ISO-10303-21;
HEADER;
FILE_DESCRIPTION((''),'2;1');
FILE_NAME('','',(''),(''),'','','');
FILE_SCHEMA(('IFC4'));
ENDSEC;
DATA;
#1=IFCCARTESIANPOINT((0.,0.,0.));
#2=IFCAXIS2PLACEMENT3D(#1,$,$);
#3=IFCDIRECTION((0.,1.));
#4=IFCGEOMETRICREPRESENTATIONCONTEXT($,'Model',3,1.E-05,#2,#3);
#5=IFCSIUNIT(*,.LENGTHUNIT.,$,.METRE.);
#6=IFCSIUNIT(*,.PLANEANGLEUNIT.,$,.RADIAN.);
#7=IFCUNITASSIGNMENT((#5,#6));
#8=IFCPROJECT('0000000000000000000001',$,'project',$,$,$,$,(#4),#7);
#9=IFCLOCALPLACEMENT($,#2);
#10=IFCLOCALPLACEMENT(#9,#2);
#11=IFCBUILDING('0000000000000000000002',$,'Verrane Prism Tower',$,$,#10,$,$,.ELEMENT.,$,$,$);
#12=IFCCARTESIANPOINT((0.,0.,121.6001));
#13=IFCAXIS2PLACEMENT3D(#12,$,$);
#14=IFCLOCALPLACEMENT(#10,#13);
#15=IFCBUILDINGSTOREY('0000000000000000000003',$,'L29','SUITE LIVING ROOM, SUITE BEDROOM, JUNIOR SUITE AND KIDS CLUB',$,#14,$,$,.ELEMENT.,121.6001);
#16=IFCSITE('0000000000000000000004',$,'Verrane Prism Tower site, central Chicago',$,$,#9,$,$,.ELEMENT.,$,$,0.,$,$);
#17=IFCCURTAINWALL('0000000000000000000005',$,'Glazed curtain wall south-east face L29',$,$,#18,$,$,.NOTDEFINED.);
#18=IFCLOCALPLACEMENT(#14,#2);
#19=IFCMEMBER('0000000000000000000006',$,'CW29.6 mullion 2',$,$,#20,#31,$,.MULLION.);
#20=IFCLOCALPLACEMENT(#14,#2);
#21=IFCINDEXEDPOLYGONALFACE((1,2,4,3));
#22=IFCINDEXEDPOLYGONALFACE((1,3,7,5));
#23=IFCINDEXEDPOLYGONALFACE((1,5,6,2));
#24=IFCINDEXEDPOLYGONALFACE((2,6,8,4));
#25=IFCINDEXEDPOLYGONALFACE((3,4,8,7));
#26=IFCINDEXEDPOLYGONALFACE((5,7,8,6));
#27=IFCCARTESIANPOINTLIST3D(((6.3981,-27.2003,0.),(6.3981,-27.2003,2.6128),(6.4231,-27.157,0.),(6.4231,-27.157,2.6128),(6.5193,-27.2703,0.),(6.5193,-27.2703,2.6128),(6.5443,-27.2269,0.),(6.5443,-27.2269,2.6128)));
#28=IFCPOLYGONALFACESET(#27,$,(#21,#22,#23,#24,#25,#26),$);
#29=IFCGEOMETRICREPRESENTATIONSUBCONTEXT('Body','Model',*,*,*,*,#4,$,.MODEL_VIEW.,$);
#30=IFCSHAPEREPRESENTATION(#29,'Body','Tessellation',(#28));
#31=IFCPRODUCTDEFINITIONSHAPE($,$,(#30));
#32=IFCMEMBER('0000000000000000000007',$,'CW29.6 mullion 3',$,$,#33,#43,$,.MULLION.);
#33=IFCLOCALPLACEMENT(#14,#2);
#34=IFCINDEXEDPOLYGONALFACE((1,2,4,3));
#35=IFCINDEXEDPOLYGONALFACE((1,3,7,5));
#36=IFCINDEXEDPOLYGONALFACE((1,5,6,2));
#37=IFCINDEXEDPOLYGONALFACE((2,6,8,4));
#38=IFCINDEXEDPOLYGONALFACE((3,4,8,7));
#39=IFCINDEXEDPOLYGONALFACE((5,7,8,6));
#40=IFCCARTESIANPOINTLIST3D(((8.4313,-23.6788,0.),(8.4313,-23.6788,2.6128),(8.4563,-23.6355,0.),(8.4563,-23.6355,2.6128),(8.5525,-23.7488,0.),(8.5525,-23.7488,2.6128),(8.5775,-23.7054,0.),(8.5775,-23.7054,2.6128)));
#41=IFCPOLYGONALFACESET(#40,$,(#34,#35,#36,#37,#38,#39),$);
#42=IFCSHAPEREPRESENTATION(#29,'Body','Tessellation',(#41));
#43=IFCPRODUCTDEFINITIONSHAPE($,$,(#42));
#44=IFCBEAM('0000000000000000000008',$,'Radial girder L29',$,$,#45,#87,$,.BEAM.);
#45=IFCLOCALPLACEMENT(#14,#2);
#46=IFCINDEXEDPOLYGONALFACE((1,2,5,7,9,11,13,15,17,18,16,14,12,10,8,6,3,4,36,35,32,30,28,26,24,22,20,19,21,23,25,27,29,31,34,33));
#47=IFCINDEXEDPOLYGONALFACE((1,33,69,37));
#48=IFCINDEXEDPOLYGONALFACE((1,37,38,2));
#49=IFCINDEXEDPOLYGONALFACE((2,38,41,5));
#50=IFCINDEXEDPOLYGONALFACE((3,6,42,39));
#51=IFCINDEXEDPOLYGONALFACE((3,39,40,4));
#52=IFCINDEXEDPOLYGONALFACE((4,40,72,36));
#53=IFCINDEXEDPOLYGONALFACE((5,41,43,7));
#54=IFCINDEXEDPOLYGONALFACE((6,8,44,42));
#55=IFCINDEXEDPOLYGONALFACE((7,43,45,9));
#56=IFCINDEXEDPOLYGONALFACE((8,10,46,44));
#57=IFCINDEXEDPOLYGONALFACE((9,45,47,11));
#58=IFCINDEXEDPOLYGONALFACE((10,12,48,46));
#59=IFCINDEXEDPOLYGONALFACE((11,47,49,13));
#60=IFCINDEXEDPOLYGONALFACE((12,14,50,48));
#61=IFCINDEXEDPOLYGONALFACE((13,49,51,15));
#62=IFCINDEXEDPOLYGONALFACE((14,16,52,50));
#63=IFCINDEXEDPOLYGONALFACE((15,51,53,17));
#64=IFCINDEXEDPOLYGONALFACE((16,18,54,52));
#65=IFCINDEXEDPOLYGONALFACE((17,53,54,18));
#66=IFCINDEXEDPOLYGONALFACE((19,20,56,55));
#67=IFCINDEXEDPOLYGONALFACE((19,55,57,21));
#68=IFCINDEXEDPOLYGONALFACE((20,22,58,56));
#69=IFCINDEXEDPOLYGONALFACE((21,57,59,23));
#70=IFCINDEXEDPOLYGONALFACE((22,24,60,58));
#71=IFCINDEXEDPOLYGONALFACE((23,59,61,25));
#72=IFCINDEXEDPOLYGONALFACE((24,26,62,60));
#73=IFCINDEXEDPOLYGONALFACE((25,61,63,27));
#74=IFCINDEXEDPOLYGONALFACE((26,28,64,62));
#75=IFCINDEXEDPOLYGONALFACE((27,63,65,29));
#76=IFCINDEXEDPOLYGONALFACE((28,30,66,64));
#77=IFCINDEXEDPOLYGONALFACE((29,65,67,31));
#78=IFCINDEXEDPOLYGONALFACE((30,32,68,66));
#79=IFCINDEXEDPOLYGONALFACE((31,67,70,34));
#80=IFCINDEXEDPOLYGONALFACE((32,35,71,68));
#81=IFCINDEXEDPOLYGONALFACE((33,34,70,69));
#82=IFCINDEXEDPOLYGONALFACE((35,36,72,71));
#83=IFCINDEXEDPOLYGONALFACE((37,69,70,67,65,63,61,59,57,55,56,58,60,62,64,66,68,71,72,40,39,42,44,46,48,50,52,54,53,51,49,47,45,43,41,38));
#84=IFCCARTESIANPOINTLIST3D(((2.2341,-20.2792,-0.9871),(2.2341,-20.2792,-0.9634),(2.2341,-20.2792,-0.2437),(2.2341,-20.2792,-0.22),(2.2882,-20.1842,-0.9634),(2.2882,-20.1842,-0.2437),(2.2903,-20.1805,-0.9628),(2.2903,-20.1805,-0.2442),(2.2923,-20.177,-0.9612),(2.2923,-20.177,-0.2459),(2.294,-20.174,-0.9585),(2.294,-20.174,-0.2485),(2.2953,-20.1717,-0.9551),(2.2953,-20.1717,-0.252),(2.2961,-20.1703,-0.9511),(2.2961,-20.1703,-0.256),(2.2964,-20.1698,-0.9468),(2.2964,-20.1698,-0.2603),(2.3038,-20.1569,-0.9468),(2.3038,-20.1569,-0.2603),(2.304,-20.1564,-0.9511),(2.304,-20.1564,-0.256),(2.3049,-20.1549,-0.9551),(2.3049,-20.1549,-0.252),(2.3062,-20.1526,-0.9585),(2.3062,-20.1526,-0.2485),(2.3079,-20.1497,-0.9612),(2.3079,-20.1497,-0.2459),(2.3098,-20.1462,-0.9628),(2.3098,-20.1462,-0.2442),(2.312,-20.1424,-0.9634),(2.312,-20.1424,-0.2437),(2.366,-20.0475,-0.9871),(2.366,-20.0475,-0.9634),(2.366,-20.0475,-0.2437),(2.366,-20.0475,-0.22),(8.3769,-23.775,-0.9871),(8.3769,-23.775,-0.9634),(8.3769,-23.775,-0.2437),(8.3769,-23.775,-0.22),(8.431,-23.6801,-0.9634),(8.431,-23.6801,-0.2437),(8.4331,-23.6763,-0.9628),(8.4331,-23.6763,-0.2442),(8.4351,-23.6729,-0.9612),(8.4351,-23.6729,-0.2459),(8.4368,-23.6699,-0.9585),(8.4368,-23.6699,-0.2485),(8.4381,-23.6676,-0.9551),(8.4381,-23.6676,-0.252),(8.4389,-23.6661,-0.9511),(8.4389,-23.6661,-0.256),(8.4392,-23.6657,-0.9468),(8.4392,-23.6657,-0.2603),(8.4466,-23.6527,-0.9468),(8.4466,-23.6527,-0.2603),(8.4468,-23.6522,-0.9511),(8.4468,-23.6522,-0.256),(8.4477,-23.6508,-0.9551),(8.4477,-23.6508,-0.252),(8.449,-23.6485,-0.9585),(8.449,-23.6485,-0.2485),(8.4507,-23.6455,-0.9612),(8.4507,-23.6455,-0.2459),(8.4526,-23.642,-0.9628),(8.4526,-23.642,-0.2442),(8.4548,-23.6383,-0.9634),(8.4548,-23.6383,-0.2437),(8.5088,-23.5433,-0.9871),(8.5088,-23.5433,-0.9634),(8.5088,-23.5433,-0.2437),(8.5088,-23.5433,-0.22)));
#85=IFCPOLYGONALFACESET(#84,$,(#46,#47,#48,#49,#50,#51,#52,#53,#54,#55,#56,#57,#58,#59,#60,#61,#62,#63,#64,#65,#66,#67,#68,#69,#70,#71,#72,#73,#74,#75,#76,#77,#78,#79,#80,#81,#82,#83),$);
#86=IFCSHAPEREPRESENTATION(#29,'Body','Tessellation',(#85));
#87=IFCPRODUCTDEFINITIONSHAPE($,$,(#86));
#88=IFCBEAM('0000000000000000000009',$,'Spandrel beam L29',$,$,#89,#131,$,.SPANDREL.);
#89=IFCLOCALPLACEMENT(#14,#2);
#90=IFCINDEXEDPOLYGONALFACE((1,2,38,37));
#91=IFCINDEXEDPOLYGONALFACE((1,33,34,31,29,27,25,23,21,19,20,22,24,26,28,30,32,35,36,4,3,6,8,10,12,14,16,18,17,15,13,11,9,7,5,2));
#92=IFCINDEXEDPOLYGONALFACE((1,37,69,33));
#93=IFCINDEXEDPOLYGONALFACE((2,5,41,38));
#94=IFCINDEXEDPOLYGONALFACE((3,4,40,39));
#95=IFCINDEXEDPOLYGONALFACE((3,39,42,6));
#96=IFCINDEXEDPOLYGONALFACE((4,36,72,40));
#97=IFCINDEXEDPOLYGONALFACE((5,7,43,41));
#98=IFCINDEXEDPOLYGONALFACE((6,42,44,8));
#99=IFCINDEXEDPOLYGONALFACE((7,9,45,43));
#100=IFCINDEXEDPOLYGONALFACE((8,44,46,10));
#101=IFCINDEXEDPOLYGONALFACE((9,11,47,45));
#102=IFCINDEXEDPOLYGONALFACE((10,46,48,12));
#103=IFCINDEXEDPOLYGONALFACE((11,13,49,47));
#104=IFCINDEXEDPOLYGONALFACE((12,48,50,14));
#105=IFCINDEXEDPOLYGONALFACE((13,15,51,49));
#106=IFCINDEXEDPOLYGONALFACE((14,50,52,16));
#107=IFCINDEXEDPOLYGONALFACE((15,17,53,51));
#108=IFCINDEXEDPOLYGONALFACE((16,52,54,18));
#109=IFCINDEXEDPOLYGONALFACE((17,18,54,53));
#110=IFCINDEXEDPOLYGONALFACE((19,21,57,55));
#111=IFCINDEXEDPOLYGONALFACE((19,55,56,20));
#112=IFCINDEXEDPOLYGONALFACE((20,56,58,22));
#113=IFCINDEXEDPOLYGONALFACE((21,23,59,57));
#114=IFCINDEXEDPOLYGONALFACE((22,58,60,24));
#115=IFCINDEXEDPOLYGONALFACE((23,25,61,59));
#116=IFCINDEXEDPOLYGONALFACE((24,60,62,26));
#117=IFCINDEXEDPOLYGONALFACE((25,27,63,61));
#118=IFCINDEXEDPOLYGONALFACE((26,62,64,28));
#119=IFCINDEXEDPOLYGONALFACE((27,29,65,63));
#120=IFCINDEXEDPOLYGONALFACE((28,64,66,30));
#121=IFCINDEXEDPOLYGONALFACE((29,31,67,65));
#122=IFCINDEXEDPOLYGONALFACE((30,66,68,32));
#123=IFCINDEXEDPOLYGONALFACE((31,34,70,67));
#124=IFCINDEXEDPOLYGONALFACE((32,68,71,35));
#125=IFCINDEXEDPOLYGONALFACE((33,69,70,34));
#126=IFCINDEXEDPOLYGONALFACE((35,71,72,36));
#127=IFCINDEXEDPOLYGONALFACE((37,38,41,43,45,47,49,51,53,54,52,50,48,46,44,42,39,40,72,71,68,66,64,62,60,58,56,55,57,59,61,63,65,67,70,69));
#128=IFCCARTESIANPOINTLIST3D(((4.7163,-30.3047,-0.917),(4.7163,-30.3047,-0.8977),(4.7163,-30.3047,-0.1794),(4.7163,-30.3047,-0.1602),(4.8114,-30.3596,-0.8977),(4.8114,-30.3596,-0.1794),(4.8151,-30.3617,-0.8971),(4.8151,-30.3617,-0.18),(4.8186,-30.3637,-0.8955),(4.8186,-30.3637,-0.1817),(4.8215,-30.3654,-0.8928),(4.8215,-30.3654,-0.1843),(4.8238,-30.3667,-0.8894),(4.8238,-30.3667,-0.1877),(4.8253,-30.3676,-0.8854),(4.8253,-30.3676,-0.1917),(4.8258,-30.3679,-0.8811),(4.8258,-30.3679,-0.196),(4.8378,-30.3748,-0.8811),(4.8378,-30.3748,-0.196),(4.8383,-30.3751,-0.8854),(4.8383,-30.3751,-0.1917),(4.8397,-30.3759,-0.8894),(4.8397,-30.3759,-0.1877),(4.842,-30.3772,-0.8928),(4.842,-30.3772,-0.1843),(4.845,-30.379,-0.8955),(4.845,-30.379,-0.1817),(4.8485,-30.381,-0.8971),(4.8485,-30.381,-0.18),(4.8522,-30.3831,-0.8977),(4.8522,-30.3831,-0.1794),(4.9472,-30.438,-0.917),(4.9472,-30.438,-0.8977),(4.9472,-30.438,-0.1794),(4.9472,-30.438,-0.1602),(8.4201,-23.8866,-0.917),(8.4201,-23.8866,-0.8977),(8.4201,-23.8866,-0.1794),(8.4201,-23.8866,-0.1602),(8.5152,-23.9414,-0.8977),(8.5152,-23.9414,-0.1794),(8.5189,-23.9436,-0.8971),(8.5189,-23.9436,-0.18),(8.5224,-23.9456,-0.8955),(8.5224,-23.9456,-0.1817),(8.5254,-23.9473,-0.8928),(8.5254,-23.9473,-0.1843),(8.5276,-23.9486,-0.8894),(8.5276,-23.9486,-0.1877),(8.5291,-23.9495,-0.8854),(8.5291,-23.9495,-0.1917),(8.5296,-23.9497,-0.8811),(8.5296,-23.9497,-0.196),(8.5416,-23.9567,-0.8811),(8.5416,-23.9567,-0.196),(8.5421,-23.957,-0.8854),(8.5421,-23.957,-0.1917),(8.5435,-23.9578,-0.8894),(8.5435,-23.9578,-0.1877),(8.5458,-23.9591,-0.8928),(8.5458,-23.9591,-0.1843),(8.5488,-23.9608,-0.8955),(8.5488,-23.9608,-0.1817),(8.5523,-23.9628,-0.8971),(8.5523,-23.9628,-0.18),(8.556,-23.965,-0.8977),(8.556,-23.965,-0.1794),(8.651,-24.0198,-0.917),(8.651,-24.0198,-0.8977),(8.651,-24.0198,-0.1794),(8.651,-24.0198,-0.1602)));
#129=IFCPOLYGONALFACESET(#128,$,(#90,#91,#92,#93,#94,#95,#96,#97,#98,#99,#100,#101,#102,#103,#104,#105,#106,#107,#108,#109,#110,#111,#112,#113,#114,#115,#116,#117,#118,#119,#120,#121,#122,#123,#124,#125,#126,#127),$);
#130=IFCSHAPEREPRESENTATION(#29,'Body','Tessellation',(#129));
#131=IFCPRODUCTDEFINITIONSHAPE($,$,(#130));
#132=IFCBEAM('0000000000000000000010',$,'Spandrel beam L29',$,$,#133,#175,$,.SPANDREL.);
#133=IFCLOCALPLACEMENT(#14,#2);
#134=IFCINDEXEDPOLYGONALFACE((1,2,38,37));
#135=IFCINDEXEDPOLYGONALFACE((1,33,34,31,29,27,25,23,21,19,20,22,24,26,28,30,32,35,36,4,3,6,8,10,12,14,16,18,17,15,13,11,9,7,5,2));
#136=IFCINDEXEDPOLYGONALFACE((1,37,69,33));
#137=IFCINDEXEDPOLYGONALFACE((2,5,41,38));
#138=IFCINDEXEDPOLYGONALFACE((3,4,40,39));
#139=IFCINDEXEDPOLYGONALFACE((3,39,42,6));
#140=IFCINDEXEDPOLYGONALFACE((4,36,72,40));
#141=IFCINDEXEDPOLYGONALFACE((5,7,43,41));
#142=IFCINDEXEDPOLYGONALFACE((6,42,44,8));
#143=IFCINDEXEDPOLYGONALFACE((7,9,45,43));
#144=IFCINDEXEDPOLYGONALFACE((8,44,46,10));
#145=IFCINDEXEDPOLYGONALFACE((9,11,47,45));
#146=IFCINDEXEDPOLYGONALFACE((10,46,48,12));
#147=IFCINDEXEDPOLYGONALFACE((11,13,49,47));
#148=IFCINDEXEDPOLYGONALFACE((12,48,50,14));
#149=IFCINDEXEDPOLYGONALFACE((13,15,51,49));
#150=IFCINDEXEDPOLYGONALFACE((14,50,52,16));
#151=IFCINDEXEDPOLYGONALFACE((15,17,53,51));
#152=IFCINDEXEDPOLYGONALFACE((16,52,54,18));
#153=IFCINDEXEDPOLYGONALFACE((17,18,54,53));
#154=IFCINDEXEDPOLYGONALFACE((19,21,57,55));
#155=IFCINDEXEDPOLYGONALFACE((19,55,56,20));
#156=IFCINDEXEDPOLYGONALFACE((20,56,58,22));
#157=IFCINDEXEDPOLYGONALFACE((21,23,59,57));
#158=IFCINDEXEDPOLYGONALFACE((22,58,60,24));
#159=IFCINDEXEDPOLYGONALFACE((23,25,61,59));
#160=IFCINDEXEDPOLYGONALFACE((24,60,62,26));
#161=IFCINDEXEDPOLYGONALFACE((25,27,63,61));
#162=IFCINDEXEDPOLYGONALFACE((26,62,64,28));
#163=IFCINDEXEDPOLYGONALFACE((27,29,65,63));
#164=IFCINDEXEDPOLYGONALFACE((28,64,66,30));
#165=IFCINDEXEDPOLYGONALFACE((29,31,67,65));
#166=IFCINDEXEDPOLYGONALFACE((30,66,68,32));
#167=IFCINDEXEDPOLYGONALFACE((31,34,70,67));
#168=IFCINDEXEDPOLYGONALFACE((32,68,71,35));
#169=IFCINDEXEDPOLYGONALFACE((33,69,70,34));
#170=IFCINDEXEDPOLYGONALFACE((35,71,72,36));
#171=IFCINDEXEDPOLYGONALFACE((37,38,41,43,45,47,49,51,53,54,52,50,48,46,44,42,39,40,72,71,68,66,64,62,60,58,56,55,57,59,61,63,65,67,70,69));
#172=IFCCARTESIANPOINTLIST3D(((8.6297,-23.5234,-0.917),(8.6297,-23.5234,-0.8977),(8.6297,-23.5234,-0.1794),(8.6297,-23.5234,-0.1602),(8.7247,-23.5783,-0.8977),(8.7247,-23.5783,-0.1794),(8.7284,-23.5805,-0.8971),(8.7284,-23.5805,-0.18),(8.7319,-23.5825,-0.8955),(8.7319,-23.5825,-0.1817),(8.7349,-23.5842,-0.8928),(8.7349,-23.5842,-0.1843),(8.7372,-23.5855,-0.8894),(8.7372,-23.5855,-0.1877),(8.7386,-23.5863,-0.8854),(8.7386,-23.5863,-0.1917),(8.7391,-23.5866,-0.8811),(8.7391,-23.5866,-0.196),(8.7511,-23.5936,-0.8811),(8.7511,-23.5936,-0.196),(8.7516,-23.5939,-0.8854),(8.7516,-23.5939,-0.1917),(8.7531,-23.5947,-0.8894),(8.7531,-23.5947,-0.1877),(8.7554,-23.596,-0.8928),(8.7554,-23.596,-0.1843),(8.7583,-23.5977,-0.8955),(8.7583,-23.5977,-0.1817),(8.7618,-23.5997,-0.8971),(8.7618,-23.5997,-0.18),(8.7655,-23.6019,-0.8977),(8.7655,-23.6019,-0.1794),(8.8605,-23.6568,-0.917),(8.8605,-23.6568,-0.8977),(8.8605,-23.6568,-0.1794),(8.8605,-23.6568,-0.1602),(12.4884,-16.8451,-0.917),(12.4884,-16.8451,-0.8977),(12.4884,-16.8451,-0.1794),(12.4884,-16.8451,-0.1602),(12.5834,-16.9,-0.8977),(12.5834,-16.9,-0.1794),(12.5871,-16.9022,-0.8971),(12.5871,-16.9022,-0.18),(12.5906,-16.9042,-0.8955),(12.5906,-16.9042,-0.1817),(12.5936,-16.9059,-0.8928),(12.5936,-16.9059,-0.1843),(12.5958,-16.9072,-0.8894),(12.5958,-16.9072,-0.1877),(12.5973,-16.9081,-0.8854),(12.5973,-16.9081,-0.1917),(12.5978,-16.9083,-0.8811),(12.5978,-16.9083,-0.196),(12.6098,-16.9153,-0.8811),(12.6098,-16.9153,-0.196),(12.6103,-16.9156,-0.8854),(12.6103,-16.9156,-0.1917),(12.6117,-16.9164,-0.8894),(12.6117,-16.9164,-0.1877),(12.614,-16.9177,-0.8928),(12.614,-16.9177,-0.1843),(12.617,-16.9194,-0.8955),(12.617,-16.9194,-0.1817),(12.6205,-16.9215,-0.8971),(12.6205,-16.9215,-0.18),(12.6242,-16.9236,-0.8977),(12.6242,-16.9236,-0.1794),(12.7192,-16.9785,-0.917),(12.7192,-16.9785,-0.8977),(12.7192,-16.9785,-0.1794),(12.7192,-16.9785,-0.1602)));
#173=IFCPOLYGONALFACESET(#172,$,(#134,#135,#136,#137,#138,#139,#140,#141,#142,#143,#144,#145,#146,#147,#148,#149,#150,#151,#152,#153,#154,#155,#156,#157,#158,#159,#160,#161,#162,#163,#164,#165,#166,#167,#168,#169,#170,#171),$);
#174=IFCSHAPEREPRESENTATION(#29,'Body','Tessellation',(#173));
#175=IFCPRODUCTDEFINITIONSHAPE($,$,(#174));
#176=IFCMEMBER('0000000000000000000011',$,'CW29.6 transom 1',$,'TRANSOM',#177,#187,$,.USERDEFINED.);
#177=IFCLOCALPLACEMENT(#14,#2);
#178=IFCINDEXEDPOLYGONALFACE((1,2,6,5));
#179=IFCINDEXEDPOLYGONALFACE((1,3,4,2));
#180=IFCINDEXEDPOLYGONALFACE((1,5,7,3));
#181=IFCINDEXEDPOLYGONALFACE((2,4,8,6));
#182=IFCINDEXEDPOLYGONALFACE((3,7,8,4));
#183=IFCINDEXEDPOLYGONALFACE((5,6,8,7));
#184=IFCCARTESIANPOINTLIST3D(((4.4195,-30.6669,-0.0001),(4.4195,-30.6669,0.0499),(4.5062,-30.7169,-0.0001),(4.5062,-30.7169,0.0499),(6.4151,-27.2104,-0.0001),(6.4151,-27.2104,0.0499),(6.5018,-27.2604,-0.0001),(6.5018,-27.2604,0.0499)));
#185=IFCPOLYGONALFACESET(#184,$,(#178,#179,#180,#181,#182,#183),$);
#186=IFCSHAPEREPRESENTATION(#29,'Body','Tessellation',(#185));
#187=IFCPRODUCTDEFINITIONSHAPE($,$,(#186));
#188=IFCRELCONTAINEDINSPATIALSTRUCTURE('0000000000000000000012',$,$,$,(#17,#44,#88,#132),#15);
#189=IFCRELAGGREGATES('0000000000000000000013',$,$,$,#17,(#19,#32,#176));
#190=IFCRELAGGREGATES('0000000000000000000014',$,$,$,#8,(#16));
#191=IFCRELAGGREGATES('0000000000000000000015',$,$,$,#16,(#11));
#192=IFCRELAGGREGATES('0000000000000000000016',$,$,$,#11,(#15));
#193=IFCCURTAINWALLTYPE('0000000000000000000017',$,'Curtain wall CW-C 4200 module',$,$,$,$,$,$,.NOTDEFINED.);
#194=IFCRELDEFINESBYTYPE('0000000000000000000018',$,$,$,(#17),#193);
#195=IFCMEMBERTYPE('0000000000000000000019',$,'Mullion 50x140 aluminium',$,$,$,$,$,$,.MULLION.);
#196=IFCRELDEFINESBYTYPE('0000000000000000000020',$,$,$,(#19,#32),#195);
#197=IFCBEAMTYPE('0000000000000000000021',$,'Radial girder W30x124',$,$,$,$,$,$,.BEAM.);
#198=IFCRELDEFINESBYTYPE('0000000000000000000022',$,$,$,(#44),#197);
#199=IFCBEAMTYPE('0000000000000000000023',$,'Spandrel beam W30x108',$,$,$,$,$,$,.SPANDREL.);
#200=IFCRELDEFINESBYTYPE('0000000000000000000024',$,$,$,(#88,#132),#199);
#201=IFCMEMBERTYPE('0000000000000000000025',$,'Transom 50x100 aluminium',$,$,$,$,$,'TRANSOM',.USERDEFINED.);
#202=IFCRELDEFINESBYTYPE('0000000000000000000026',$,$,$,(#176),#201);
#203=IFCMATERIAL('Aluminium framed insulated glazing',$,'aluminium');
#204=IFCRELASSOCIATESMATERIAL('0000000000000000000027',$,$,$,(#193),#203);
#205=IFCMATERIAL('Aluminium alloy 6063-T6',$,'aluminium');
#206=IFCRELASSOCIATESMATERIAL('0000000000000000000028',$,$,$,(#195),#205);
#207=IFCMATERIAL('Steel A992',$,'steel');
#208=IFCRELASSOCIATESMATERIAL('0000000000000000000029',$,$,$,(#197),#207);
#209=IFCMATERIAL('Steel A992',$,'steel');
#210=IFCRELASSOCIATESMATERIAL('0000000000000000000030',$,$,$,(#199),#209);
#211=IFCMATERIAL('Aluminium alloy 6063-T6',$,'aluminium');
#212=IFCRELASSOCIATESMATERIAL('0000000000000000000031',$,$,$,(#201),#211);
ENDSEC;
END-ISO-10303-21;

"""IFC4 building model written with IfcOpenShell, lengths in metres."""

from ifc_helpers import new_model, si_unit, direction, frame, origin, origin_2d, place, context, subcontext, project, spatial, rectangle, i_section, extrude, material, material_profile, profile_set, type_object, element, aggregate, save


model = new_model("IFC4")

# Units and contexts
model_context = context("Model", 3, precision=1e-05, world=origin(), true_north=direction((0.0, 1.0)))
body_context = subcontext(model_context, "Body", "Model", "MODEL_VIEW")
ifc_project = project(units=[si_unit("LENGTHUNIT", "METRE"), si_unit("PLANEANGLEUNIT", "RADIAN")], contexts=[model_context])

# Site, building, storey
site_placement = place(None, origin())
site = spatial("IfcSite", under=ifc_project, at=site_placement, Name="Verrane Prism Tower site, central Chicago", CompositionType="ELEMENT", RefElevation=0.0)
building_placement = place(site_placement, origin())
building = spatial("IfcBuilding", under=site, at=building_placement, Name="Verrane Prism Tower", CompositionType="ELEMENT")
storey_placement = place(building_placement, frame((0.0, 0.0, 121.6001)))
storey = spatial("IfcBuildingStorey", under=building, at=storey_placement, Name="L29", Description="SUITE LIVING ROOM, SUITE BEDROOM, JUNIOR SUITE AND KIDS CLUB", CompositionType="ELEMENT", Elevation=121.6001)

# Curtain wall, members
ifc_material_1 = material(Name="Aluminium framed insulated glazing", Category="aluminium")
curtain_wall_type_1 = type_object("IfcCurtainWallType", Name="Curtain wall CW-C 4200 module", PredefinedType="NOTDEFINED", material=ifc_material_1)
curtain_wall_1_placement = place(storey_placement, origin())
curtain_wall_1 = element("IfcCurtainWall", 1, at=curtain_wall_1_placement, inside=storey, type_object=curtain_wall_type_1, Name="Glazed curtain wall south-east face L29", PredefinedType="NOTDEFINED")
ifc_material_2 = material(Name="Aluminium alloy 6063-T6", Category="aluminium")
ifc_material_profile_1 = material_profile(ifc_material_2, rectangle(XDim=0.1399, YDim=0.05, at=origin_2d()), Name="Mullion 50x140 aluminium")
ifc_profile_set_1 = profile_set([ifc_material_profile_1], Name="Aluminium alloy 6063-T6")
member_type_1 = type_object("IfcMemberType", Name="Mullion 50x140 aluminium", PredefinedType="MULLION", material=ifc_profile_set_1)
member_1_placement = place(storey_placement, frame((6.4712, -27.2136, 0.0), z_axis=(0.0, 0.0, 1.0), x_axis=(-0.866025, 0.5, 0.0)))
member_1 = element("IfcMember", 2, at=member_1_placement, type_object=member_type_1, Name="CW29.6 mullion 2", PredefinedType="MULLION", context=body_context, shape_type="SweptSolid", body=[
    extrude(rectangle(XDim=0.1399, YDim=0.05, at=origin_2d()), origin(), (0.0, 0.0, 1.0), 2.6128),
])
member_2_placement = place(storey_placement, frame((8.5044, -23.6921, 0.0), z_axis=(0.0, 0.0, 1.0), x_axis=(-0.866025, 0.5, 0.0)))
member_2 = element("IfcMember", 3, at=member_2_placement, type_object=member_type_1, Name="CW29.6 mullion 3", PredefinedType="MULLION", context=body_context, shape_type="SweptSolid", body=[
    extrude(rectangle(XDim=0.1399, YDim=0.05, at=origin_2d()), origin(), (0.0, 0.0, 1.0), 2.6128),
])

# Beams
ifc_material_3 = material(Name="Steel A992", Category="steel")
ifc_material_profile_2 = material_profile(ifc_material_3, i_section(OverallWidth=0.2666, OverallDepth=0.7671, WebThickness=0.0149, FlangeThickness=0.0237, FilletRadius=0.0166, at=origin_2d()), Name="W30x124")
ifc_profile_set_2 = profile_set([ifc_material_profile_2], Name="Steel A992")
beam_type_1 = type_object("IfcBeamType", Name="Radial girder W30x124", PredefinedType="BEAM", material=ifc_profile_set_2)
beam_1_placement = place(storey_placement, frame((8.4429, -23.6592, -0.6035), z_axis=(-0.869115, 0.494609, 0.0), x_axis=(-0.494609, -0.869115, 0.0)))
element("IfcBeam", 4, at=beam_1_placement, inside=storey, type_object=beam_type_1, Name="Radial girder L29", PredefinedType="BEAM", context=body_context, shape_type="SweptSolid", body=[
    extrude(i_section(OverallWidth=0.2666, OverallDepth=0.7671, WebThickness=0.0149, FlangeThickness=0.0237, FilletRadius=0.0166, at=origin_2d()), origin(), (0.0, 0.0, 1.0), 7.0679),
])
ifc_material_4 = material(Name="Steel A992", Category="steel")
ifc_material_profile_3 = material_profile(ifc_material_4, i_section(OverallWidth=0.2666, OverallDepth=0.7568, WebThickness=0.0139, FlangeThickness=0.0193, FilletRadius=0.0166, at=origin_2d()), Name="W30x108")
ifc_profile_set_3 = profile_set([ifc_material_profile_3], Name="Steel A992")
beam_type_2 = type_object("IfcBeamType", Name="Spandrel beam W30x108", PredefinedType="SPANDREL", material=ifc_profile_set_3)
beam_2_placement = place(storey_placement, frame((4.8318, -30.3713, -0.5386), z_axis=(0.499828, 0.866125, 0.0), x_axis=(-0.866125, 0.499828, 0.0)))
element("IfcBeam", 5, at=beam_2_placement, inside=storey, type_object=beam_type_2, Name="Spandrel beam L29", PredefinedType="SPANDREL", context=body_context, shape_type="SweptSolid", body=[
    extrude(i_section(OverallWidth=0.2666, OverallDepth=0.7568, WebThickness=0.0139, FlangeThickness=0.0193, FilletRadius=0.0166, at=origin_2d()), origin(), (0.0, 0.0, 1.0), 7.4102),
])
beam_3_placement = place(storey_placement, frame((8.7451, -23.5901, -0.5386), z_axis=(0.500289, 0.865859, 0.0), x_axis=(-0.865859, 0.500289, 0.0)))
element("IfcBeam", 6, at=beam_3_placement, inside=storey, type_object=beam_type_2, Name="Spandrel beam L29", PredefinedType="SPANDREL", context=body_context, shape_type="SweptSolid", body=[
    extrude(i_section(OverallWidth=0.2666, OverallDepth=0.7568, WebThickness=0.0139, FlangeThickness=0.0193, FilletRadius=0.0166, at=origin_2d()), origin(), (0.0, 0.0, 1.0), 7.7129),
])

# Member
ifc_material_5 = material(Name="Aluminium alloy 6063-T6", Category="aluminium")
ifc_material_profile_4 = material_profile(ifc_material_5, rectangle(XDim=0.1001, YDim=0.05, at=origin_2d()), Name="Transom 50x100 aluminium")
ifc_profile_set_4 = profile_set([ifc_material_profile_4], Name="Aluminium alloy 6063-T6")
member_type_2 = type_object("IfcMemberType", Name="Transom 50x100 aluminium", ElementType="TRANSOM", PredefinedType="USERDEFINED", material=ifc_profile_set_4)
member_3_placement = place(storey_placement, frame((4.4629, -30.6919, 0.0249), z_axis=(0.499994, 0.866029, 0.0), x_axis=(-0.866029, 0.499994, 0.0)))
member_3 = element("IfcMember", 7, at=member_3_placement, type_object=member_type_2, Name="CW29.6 transom 1", ObjectType="TRANSOM", PredefinedType="USERDEFINED", context=body_context, shape_type="SweptSolid", body=[
    extrude(rectangle(XDim=0.1001, YDim=0.05, at=origin_2d()), origin(), (0.0, 0.0, 1.0), 3.9912),
])

aggregate(curtain_wall_1, [member_1, member_2, member_3])

save(model, "model.ifc")
